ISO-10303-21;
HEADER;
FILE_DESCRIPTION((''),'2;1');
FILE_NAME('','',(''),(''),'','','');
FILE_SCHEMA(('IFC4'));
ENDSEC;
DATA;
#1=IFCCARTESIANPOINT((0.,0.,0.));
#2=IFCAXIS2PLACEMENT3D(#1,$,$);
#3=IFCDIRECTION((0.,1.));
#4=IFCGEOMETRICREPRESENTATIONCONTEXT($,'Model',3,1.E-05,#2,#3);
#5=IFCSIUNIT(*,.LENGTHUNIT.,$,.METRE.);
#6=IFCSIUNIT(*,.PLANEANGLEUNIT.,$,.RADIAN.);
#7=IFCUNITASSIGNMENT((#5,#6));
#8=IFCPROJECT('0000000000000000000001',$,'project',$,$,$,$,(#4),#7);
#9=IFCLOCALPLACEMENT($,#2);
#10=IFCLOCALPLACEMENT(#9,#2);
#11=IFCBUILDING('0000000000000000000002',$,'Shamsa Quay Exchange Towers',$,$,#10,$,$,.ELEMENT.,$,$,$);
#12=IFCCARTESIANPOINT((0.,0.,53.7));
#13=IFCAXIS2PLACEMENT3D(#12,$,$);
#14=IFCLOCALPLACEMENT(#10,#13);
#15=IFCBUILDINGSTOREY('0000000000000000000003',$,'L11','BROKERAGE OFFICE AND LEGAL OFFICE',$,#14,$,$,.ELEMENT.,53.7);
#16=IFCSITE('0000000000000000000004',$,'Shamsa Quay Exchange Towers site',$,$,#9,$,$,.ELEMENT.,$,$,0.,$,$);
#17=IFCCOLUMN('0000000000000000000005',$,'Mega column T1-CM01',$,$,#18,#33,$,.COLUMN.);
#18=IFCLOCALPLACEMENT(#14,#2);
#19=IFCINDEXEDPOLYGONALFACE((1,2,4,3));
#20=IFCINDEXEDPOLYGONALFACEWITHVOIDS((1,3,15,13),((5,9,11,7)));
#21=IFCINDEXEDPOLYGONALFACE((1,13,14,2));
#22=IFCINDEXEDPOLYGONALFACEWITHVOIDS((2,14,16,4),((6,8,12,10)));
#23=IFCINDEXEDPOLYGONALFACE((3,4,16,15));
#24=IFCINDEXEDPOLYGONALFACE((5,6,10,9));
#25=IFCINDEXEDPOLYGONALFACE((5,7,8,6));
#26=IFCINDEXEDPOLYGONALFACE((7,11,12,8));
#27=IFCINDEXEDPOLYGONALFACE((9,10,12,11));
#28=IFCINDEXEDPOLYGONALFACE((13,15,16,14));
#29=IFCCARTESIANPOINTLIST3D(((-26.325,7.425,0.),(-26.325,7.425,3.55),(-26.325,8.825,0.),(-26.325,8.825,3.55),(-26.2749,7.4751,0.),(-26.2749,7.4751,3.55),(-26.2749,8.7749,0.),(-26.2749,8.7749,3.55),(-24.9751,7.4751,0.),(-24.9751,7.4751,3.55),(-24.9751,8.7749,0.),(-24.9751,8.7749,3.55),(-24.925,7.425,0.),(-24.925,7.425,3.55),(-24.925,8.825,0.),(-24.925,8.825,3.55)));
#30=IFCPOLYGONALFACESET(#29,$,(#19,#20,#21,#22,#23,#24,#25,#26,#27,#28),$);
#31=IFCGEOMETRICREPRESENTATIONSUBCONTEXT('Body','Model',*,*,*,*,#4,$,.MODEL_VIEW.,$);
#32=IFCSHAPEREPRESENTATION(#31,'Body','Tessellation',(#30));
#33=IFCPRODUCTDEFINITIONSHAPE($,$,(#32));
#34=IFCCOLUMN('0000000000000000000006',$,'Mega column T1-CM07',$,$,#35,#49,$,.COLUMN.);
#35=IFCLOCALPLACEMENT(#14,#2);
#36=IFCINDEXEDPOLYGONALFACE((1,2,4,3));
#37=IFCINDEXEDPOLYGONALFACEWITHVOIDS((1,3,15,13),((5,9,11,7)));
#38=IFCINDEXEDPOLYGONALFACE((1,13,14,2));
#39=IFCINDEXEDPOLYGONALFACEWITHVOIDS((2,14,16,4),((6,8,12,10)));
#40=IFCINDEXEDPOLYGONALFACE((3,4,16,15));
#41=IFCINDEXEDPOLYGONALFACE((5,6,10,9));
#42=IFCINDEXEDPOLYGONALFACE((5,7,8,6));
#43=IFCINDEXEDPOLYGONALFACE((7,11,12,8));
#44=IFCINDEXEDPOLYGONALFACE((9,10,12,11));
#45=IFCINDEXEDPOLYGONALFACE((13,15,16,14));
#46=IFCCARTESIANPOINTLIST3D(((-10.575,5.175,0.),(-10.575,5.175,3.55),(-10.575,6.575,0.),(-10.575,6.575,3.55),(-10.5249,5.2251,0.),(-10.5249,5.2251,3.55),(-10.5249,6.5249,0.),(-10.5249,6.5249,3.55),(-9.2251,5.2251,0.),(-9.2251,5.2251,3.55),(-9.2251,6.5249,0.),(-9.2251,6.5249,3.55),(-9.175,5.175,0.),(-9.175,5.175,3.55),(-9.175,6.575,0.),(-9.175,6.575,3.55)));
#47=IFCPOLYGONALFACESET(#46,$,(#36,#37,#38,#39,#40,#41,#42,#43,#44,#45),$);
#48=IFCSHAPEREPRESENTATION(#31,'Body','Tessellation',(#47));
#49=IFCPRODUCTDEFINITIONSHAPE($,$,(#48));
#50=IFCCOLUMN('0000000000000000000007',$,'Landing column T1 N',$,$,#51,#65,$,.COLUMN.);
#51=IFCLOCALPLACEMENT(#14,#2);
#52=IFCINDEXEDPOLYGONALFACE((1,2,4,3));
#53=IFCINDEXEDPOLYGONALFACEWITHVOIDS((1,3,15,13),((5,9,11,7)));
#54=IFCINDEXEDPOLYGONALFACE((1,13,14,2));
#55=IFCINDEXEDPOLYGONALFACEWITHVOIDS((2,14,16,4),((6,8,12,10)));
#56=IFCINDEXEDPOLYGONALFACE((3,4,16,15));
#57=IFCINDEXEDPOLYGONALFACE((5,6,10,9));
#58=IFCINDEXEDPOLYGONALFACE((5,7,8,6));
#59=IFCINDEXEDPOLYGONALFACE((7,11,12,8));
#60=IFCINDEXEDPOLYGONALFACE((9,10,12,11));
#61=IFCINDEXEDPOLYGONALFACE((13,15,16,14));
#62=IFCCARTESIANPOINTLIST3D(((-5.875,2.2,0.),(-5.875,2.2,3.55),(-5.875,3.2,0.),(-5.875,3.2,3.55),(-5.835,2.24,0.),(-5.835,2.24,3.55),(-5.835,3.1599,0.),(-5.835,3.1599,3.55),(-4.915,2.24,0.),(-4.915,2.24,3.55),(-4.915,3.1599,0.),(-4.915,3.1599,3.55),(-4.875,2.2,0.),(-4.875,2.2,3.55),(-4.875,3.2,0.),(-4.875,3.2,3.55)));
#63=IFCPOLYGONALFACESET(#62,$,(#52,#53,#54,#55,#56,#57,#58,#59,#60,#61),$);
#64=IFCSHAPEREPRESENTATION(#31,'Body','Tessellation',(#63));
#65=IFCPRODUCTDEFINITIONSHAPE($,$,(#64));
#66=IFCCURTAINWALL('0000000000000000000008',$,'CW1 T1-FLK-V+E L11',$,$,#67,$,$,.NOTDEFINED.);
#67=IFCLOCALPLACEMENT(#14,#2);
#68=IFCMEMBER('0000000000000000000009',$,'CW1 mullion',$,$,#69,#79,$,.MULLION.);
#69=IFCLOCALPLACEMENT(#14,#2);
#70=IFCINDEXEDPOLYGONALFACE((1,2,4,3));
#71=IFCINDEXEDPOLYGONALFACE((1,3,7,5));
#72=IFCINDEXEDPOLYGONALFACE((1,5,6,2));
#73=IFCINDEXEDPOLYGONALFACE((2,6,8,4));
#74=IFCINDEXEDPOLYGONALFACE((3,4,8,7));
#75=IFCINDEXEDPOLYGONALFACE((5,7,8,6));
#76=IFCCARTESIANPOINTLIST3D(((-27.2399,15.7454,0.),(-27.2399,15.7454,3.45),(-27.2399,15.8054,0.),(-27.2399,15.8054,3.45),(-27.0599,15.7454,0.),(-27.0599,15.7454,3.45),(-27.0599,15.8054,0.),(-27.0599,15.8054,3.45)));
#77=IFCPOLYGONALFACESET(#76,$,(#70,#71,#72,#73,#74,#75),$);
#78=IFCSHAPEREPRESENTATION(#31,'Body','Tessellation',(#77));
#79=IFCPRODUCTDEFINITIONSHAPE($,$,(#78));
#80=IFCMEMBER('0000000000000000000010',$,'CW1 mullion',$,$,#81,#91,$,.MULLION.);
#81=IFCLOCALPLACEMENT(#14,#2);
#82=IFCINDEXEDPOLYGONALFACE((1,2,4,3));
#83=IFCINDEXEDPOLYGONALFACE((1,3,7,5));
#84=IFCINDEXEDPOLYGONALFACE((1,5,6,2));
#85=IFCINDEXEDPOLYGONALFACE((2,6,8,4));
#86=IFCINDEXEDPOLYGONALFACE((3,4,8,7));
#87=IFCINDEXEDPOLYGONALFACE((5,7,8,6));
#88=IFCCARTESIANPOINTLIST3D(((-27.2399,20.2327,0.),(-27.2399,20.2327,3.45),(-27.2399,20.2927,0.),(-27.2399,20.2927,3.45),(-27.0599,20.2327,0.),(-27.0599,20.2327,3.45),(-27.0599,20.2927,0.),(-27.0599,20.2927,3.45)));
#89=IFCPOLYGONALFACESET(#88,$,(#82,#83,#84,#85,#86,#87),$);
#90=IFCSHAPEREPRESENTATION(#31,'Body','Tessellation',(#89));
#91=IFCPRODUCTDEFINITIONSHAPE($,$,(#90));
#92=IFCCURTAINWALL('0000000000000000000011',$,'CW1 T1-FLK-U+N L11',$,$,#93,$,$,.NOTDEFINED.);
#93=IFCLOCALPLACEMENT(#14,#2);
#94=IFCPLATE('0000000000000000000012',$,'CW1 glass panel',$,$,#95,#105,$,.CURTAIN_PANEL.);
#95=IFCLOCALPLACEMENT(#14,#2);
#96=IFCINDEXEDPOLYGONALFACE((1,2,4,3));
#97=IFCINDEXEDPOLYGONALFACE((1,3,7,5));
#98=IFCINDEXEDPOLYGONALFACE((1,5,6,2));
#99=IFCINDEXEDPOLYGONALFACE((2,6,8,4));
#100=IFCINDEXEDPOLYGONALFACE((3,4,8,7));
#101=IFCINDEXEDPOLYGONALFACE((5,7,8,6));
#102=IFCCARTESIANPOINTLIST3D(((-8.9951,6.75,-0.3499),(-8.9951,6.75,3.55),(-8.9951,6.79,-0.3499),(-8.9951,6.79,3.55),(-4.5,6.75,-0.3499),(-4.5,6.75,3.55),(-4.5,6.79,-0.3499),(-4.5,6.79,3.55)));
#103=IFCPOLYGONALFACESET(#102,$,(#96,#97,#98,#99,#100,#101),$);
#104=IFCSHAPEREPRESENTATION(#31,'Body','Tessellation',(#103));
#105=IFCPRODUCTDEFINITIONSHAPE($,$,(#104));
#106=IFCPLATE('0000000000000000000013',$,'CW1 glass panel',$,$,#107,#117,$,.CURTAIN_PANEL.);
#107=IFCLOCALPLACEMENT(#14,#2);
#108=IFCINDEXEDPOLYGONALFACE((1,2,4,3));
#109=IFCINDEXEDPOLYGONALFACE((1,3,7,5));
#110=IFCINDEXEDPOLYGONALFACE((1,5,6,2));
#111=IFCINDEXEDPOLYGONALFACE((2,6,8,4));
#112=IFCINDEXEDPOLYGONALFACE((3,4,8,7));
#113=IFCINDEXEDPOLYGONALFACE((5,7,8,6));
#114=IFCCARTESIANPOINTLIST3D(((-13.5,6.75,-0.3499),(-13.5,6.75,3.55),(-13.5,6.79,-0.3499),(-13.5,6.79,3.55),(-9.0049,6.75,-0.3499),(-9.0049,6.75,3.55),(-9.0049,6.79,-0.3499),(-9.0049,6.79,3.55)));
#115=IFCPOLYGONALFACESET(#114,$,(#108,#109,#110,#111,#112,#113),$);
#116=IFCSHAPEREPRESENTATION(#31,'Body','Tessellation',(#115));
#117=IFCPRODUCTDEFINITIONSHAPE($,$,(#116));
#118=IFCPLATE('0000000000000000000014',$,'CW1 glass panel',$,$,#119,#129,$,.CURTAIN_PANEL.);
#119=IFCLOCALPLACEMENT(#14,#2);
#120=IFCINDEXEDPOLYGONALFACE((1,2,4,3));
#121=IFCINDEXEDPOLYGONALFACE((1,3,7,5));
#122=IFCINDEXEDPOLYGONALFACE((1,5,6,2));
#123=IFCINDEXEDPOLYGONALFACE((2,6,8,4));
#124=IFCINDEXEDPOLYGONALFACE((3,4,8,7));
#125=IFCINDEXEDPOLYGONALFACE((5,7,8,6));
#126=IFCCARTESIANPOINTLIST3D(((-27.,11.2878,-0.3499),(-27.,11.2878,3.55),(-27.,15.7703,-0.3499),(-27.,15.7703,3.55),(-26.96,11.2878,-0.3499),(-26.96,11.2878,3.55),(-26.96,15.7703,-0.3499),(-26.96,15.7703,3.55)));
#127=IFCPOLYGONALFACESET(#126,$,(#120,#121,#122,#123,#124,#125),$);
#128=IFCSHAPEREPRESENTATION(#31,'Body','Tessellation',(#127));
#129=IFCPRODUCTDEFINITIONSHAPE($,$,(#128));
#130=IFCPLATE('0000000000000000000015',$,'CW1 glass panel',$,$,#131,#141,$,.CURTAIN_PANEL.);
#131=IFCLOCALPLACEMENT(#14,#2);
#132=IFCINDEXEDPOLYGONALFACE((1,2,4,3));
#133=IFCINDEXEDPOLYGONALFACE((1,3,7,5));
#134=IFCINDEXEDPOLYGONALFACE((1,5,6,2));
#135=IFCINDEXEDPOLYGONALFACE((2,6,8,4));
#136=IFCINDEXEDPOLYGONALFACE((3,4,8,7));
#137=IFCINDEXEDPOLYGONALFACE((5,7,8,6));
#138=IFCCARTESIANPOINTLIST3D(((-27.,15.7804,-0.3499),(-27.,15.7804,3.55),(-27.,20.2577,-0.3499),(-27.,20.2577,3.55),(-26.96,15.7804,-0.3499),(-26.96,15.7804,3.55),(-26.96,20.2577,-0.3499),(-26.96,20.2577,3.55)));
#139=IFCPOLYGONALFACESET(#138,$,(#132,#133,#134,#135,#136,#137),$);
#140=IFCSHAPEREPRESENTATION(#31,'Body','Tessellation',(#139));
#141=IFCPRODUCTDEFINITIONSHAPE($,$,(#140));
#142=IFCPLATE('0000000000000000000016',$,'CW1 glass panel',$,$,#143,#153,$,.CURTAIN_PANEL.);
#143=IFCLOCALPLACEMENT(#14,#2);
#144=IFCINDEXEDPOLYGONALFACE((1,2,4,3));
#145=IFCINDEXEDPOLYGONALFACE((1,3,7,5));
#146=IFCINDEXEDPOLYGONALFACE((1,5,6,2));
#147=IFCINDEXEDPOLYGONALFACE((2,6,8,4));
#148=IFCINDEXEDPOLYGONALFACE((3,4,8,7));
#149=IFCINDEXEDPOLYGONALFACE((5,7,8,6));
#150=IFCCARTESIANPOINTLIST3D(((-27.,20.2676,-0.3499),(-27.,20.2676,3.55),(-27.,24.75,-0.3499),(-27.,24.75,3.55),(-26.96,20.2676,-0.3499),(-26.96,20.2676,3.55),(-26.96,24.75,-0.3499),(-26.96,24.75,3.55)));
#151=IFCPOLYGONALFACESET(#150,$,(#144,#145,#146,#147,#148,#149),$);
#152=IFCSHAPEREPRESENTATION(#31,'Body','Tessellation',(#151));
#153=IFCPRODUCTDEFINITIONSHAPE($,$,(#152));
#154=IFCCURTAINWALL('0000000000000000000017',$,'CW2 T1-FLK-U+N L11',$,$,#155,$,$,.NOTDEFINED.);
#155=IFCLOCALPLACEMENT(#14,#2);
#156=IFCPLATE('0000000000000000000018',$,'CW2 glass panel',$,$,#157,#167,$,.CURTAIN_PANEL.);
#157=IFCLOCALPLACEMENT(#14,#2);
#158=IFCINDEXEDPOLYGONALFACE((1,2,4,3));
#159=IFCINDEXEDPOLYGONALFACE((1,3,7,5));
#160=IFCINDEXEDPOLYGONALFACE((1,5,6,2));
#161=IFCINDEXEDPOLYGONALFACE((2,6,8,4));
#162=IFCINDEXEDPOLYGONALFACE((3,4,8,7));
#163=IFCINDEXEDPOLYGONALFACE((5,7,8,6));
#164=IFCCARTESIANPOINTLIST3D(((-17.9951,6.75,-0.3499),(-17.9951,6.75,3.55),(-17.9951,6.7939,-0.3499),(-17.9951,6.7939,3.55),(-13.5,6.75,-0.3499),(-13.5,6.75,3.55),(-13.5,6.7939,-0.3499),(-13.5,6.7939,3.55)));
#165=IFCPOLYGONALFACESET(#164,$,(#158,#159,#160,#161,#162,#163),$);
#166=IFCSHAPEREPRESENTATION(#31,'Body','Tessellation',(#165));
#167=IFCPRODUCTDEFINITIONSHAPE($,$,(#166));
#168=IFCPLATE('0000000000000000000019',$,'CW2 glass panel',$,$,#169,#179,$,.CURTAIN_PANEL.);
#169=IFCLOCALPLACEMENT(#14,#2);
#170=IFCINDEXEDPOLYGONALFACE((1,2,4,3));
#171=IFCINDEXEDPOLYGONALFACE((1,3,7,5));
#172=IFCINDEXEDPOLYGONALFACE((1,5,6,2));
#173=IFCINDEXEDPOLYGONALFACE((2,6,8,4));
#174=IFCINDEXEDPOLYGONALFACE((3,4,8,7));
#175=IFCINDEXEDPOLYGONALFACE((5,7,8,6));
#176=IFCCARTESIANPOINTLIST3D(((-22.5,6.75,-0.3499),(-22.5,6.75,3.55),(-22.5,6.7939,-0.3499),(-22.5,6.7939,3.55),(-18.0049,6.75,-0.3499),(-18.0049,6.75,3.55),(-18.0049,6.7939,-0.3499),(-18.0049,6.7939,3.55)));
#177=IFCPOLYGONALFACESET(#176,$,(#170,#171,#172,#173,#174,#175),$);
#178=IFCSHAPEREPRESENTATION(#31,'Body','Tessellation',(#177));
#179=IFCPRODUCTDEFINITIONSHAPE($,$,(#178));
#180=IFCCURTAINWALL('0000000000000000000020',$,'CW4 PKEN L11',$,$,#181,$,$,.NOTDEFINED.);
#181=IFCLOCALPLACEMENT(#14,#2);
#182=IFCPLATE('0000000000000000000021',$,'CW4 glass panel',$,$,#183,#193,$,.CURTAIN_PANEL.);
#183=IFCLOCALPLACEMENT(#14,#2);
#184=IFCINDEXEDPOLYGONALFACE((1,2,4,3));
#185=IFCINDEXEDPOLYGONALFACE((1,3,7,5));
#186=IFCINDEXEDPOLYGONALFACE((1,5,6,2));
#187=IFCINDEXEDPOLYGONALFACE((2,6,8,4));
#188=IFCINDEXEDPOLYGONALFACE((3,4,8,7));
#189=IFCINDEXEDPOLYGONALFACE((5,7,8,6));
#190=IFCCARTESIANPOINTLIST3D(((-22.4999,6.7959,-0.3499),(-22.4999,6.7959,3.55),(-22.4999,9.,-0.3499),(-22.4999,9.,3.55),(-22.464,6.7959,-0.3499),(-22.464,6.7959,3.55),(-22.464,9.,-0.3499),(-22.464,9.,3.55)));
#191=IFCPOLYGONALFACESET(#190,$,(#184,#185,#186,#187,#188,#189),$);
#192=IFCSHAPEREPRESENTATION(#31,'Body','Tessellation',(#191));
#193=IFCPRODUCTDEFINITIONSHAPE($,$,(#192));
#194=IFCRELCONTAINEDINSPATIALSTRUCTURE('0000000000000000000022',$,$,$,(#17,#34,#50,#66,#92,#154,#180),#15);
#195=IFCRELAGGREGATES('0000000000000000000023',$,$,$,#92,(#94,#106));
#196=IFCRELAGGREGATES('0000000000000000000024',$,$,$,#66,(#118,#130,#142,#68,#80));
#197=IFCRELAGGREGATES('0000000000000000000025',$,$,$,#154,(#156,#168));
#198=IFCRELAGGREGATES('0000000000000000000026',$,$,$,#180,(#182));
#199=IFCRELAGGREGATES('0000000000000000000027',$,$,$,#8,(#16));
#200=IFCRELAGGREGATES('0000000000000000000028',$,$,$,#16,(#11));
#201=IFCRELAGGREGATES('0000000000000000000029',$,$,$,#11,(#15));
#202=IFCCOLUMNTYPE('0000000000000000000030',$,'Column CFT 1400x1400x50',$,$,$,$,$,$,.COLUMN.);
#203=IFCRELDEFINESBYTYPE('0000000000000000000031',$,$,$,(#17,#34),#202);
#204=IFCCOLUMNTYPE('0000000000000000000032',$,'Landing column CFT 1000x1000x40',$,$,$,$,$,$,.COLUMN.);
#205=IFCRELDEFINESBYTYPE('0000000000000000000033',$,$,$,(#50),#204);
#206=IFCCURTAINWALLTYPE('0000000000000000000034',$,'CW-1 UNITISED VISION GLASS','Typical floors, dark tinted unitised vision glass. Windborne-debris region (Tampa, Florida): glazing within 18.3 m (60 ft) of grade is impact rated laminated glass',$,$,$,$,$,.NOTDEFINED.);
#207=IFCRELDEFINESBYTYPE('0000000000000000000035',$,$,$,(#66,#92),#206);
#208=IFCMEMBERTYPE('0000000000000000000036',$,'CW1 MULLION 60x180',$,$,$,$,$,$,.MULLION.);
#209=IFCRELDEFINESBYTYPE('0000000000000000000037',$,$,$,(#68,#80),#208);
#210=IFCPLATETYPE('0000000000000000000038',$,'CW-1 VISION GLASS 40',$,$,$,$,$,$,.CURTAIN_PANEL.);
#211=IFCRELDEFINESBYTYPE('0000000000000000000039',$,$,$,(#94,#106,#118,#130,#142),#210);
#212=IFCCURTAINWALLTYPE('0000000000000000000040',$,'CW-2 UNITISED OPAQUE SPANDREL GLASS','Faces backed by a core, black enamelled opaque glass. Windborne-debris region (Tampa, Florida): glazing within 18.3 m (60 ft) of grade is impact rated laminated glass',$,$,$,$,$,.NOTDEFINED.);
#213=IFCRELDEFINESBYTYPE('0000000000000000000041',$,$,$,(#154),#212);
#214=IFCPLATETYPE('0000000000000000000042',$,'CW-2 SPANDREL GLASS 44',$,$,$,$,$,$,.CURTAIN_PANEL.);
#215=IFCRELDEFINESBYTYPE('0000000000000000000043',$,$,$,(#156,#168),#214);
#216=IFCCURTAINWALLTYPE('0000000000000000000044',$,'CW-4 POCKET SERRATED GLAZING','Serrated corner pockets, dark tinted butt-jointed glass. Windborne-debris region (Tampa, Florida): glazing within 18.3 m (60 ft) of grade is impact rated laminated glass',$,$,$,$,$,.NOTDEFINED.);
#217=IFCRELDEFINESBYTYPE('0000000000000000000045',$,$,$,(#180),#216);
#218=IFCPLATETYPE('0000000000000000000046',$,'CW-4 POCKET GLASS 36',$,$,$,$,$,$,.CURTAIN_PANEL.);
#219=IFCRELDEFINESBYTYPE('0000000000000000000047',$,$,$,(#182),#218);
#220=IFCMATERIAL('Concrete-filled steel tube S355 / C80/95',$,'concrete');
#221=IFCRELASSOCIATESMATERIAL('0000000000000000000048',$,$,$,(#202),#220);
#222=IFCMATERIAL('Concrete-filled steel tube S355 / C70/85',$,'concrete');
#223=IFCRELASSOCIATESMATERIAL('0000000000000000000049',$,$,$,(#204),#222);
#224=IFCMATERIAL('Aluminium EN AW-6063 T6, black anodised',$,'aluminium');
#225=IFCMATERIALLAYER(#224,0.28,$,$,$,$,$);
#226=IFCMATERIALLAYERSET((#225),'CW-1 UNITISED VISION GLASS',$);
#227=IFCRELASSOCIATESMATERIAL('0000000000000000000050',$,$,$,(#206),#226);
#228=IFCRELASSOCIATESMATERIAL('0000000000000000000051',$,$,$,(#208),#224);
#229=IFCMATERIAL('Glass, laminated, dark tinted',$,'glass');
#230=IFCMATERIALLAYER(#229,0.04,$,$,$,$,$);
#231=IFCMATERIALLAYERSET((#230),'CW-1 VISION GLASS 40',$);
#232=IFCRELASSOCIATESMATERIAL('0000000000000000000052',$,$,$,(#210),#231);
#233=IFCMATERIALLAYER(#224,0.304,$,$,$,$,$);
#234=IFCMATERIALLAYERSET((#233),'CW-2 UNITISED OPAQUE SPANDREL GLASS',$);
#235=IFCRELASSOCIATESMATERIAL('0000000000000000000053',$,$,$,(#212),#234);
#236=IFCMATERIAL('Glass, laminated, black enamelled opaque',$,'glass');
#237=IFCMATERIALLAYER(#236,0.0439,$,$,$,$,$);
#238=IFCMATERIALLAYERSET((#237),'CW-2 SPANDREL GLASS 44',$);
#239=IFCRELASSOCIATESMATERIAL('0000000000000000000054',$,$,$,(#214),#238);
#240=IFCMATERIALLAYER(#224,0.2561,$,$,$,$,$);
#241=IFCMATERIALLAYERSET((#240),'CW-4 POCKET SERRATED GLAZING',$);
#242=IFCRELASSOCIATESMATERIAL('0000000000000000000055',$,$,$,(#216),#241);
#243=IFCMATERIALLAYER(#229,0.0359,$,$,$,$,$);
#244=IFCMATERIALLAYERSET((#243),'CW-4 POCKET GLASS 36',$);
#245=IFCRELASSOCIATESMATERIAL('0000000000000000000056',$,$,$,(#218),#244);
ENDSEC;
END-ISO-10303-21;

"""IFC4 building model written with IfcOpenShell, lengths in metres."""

from ifc_helpers import new_model, si_unit, direction, frame, origin, origin_2d, place, context, subcontext, project, spatial, rectangle, hollow_rectangle, extrude, material, layer, layer_set, material_profile, profile_set, type_object, element, aggregate, save


model = new_model("IFC4")

# Units and contexts
model_context = context("Model", 3, precision=1e-05, world=origin(), true_north=direction((0.0, 1.0)))
body_context = subcontext(model_context, "Body", "Model", "MODEL_VIEW")
ifc_project = project(units=[si_unit("LENGTHUNIT", "METRE"), si_unit("PLANEANGLEUNIT", "RADIAN")], contexts=[model_context])

# Site, building, storey
site_placement = place(None, origin())
site = spatial("IfcSite", under=ifc_project, at=site_placement, Name="Shamsa Quay Exchange Towers site", CompositionType="ELEMENT", RefElevation=0.0)
building_placement = place(site_placement, origin())
building = spatial("IfcBuilding", under=site, at=building_placement, Name="Shamsa Quay Exchange Towers", CompositionType="ELEMENT")
storey_placement = place(building_placement, frame((0.0, 0.0, 53.7)))
storey = spatial("IfcBuildingStorey", under=building, at=storey_placement, Name="L11", Description="BROKERAGE OFFICE AND LEGAL OFFICE", CompositionType="ELEMENT", Elevation=53.7)

# Columns
ifc_material_1 = material(Name="Concrete-filled steel tube S355 / C80/95", Category="concrete")
ifc_material_profile_1 = material_profile(ifc_material_1, hollow_rectangle(XDim=1.3999, YDim=1.3999, WallThickness=0.05, at=origin_2d()), Name="CFT 1400x1400x50")
ifc_profile_set_1 = profile_set([ifc_material_profile_1], Name="Concrete-filled steel tube S355 / C80/95")
column_type_1 = type_object("IfcColumnType", Name="Column CFT 1400x1400x50", PredefinedType="COLUMN", material=ifc_profile_set_1)
for number, where, name in (
    (1, (-25.625, 8.125, 0.0), "Mega column T1-CM01"),
    (2, (-9.875, 5.875, 0.0), "Mega column T1-CM07"),
):
    element("IfcColumn", number, at=place(storey_placement, frame(where)), inside=storey, type_object=column_type_1, Name=name, PredefinedType="COLUMN", context=body_context, shape_type="SweptSolid", body=[
        extrude(hollow_rectangle(XDim=1.3999, YDim=1.3999, WallThickness=0.05, at=origin_2d()), origin(), (0.0, 0.0, 1.0), 3.55),
    ])
ifc_material_2 = material(Name="Concrete-filled steel tube S355 / C70/85", Category="concrete")
ifc_material_profile_2 = material_profile(ifc_material_2, hollow_rectangle(XDim=1.0, YDim=1.0, WallThickness=0.04, at=origin_2d()), Name="CFT 1000x1000x40")
ifc_profile_set_2 = profile_set([ifc_material_profile_2], Name="Concrete-filled steel tube S355 / C70/85")
column_type_2 = type_object("IfcColumnType", Name="Landing column CFT 1000x1000x40", PredefinedType="COLUMN", material=ifc_profile_set_2)
column_placement = place(storey_placement, frame((-5.375, 2.7, 0.0)))
element("IfcColumn", 3, at=column_placement, inside=storey, type_object=column_type_2, Name="Landing column T1 N", PredefinedType="COLUMN", context=body_context, shape_type="SweptSolid", body=[
    extrude(hollow_rectangle(XDim=1.0, YDim=1.0, WallThickness=0.04, at=origin_2d()), origin(), (0.0, 0.0, 1.0), 3.55),
])

# Curtain wall, members
ifc_material_3 = material(Name="Aluminium EN AW-6063 T6, black anodised", Category="aluminium")
ifc_layer_1 = layer(ifc_material_3, 0.28)
ifc_layer_set_1 = layer_set([ifc_layer_1], Name="CW-1 UNITISED VISION GLASS")
curtain_wall_type_1 = type_object("IfcCurtainWallType", Name="CW-1 UNITISED VISION GLASS", Description="Typical floors, dark tinted unitised vision glass. Windborne-debris region (Tampa, Florida): glazing within 18.3 m (60 ft) of grade is impact rated laminated glass", PredefinedType="NOTDEFINED", material=ifc_layer_set_1)
curtain_wall_1_placement = place(storey_placement, origin())
curtain_wall_1 = element("IfcCurtainWall", 4, at=curtain_wall_1_placement, inside=storey, type_object=curtain_wall_type_1, Name="CW1 T1-FLK-V+E L11", PredefinedType="NOTDEFINED")
ifc_material_profile_3 = material_profile(ifc_material_3, rectangle(XDim=0.1799, YDim=0.0601, at=origin_2d()), Name="MU60x180")
ifc_profile_set_3 = profile_set([ifc_material_profile_3], Name="Aluminium EN AW-6063 T6, black anodised")
member_type = type_object("IfcMemberType", Name="CW1 MULLION 60x180", PredefinedType="MULLION", material=ifc_profile_set_3)
member_1_placement = place(storey_placement, frame((-27.1499, 15.7754, 0.0), z_axis=(0.0, 0.0, 1.0), x_axis=(-1.0, 0.0, 0.0)))
member_1 = element("IfcMember", 5, at=member_1_placement, type_object=member_type, Name="CW1 mullion", PredefinedType="MULLION", context=body_context, shape_type="SweptSolid", body=[
    extrude(rectangle(XDim=0.1799, YDim=0.0601, at=origin_2d()), origin(), (0.0, 0.0, 1.0), 3.45),
])
member_2_placement = place(storey_placement, frame((-27.1499, 20.2627, 0.0), z_axis=(0.0, 0.0, 1.0), x_axis=(-1.0, 0.0, 0.0)))
member_2 = element("IfcMember", 6, at=member_2_placement, type_object=member_type, Name="CW1 mullion", PredefinedType="MULLION", context=body_context, shape_type="SweptSolid", body=[
    extrude(rectangle(XDim=0.1799, YDim=0.0601, at=origin_2d()), origin(), (0.0, 0.0, 1.0), 3.45),
])

# Curtain wall, plates
curtain_wall_2_placement = place(storey_placement, origin())
curtain_wall_2 = element("IfcCurtainWall", 7, at=curtain_wall_2_placement, inside=storey, type_object=curtain_wall_type_1, Name="CW1 T1-FLK-U+N L11", PredefinedType="NOTDEFINED")
ifc_material_4 = material(Name="Glass, laminated, dark tinted", Category="glass")
ifc_layer_2 = layer(ifc_material_4, 0.04)
ifc_layer_set_2 = layer_set([ifc_layer_2], Name="CW-1 VISION GLASS 40")
plate_type_1 = type_object("IfcPlateType", Name="CW-1 VISION GLASS 40", PredefinedType="CURTAIN_PANEL", material=ifc_layer_set_2)
plate_1_placement = place(storey_placement, frame((-6.7476, 6.77, -0.3499), z_axis=(0.0, 0.0, 1.0), x_axis=(-1.0, 0.0, 0.0)))
plate_1 = element("IfcPlate", 8, at=plate_1_placement, type_object=plate_type_1, Name="CW1 glass panel", PredefinedType="CURTAIN_PANEL", context=body_context, shape_type="SweptSolid", body=[
    extrude(rectangle(XDim=4.4951, YDim=0.04, at=origin_2d()), origin(), (0.0, 0.0, 1.0), 3.8999),
])
plate_2_placement = place(storey_placement, frame((-11.2524, 6.77, -0.3499), z_axis=(0.0, 0.0, 1.0), x_axis=(-1.0, 0.0, 0.0)))
plate_2 = element("IfcPlate", 9, at=plate_2_placement, type_object=plate_type_1, Name="CW1 glass panel", PredefinedType="CURTAIN_PANEL", context=body_context, shape_type="SweptSolid", body=[
    extrude(rectangle(XDim=4.4951, YDim=0.04, at=origin_2d()), origin(), (0.0, 0.0, 1.0), 3.8999),
])
aggregate(curtain_wall_2, [plate_1, plate_2])

# Plates
plate_3_placement = place(storey_placement, frame((-26.98, 13.5291, -0.3499), z_axis=(0.0, 0.0, 1.0), x_axis=(0.0, 1.0, 0.0)))
plate_3 = element("IfcPlate", 10, at=plate_3_placement, type_object=plate_type_1, Name="CW1 glass panel", PredefinedType="CURTAIN_PANEL", context=body_context, shape_type="SweptSolid", body=[
    extrude(rectangle(XDim=4.4824, YDim=0.04, at=origin_2d()), origin(), (0.0, 0.0, 1.0), 3.8999),
])
plate_4_placement = place(storey_placement, frame((-26.98, 18.019, -0.3499), z_axis=(0.0, 0.0, 1.0), x_axis=(0.0, 1.0, 0.0)))
plate_4 = element("IfcPlate", 11, at=plate_4_placement, type_object=plate_type_1, Name="CW1 glass panel", PredefinedType="CURTAIN_PANEL", context=body_context, shape_type="SweptSolid", body=[
    extrude(rectangle(XDim=4.4773, YDim=0.04, at=origin_2d()), origin(), (0.0, 0.0, 1.0), 3.8999),
])
plate_5_placement = place(storey_placement, frame((-26.98, 22.5088, -0.3499), z_axis=(0.0, 0.0, 1.0), x_axis=(0.0, 1.0, 0.0)))
plate_5 = element("IfcPlate", 12, at=plate_5_placement, type_object=plate_type_1, Name="CW1 glass panel", PredefinedType="CURTAIN_PANEL", context=body_context, shape_type="SweptSolid", body=[
    extrude(rectangle(XDim=4.4824, YDim=0.04, at=origin_2d()), origin(), (0.0, 0.0, 1.0), 3.8999),
])
aggregate(curtain_wall_1, [plate_3, plate_4, plate_5, member_1, member_2])

# Curtain walls, plates
ifc_layer_3 = layer(ifc_material_3, 0.304)
ifc_layer_set_3 = layer_set([ifc_layer_3], Name="CW-2 UNITISED OPAQUE SPANDREL GLASS")
curtain_wall_type_2 = type_object("IfcCurtainWallType", Name="CW-2 UNITISED OPAQUE SPANDREL GLASS", Description="Faces backed by a core, black enamelled opaque glass. Windborne-debris region (Tampa, Florida): glazing within 18.3 m (60 ft) of grade is impact rated laminated glass", PredefinedType="NOTDEFINED", material=ifc_layer_set_3)
curtain_wall_3_placement = place(storey_placement, origin())
curtain_wall_3 = element("IfcCurtainWall", 13, at=curtain_wall_3_placement, inside=storey, type_object=curtain_wall_type_2, Name="CW2 T1-FLK-U+N L11", PredefinedType="NOTDEFINED")
ifc_material_5 = material(Name="Glass, laminated, black enamelled opaque", Category="glass")
ifc_layer_4 = layer(ifc_material_5, 0.0439)
ifc_layer_set_4 = layer_set([ifc_layer_4], Name="CW-2 SPANDREL GLASS 44")
plate_type_2 = type_object("IfcPlateType", Name="CW-2 SPANDREL GLASS 44", PredefinedType="CURTAIN_PANEL", material=ifc_layer_set_4)
plate_6_placement = place(storey_placement, frame((-15.7476, 6.772, -0.3499), z_axis=(0.0, 0.0, 1.0), x_axis=(-1.0, 0.0, 0.0)))
plate_6 = element("IfcPlate", 14, at=plate_6_placement, type_object=plate_type_2, Name="CW2 glass panel", PredefinedType="CURTAIN_PANEL", context=body_context, shape_type="SweptSolid", body=[
    extrude(rectangle(XDim=4.4951, YDim=0.0439, at=origin_2d()), origin(), (0.0, 0.0, 1.0), 3.8999),
])
plate_7_placement = place(storey_placement, frame((-20.2524, 6.772, -0.3499), z_axis=(0.0, 0.0, 1.0), x_axis=(-1.0, 0.0, 0.0)))
plate_7 = element("IfcPlate", 15, at=plate_7_placement, type_object=plate_type_2, Name="CW2 glass panel", PredefinedType="CURTAIN_PANEL", context=body_context, shape_type="SweptSolid", body=[
    extrude(rectangle(XDim=4.4951, YDim=0.0439, at=origin_2d()), origin(), (0.0, 0.0, 1.0), 3.8999),
])
aggregate(curtain_wall_3, [plate_6, plate_7])
ifc_layer_5 = layer(ifc_material_3, 0.2561)
ifc_layer_set_5 = layer_set([ifc_layer_5], Name="CW-4 POCKET SERRATED GLAZING")
curtain_wall_type_3 = type_object("IfcCurtainWallType", Name="CW-4 POCKET SERRATED GLAZING", Description="Serrated corner pockets, dark tinted butt-jointed glass. Windborne-debris region (Tampa, Florida): glazing within 18.3 m (60 ft) of grade is impact rated laminated glass", PredefinedType="NOTDEFINED", material=ifc_layer_set_5)
curtain_wall_4_placement = place(storey_placement, origin())
curtain_wall_4 = element("IfcCurtainWall", 16, at=curtain_wall_4_placement, inside=storey, type_object=curtain_wall_type_3, Name="CW4 PKEN L11", PredefinedType="NOTDEFINED")
ifc_layer_6 = layer(ifc_material_4, 0.0359)
ifc_layer_set_6 = layer_set([ifc_layer_6], Name="CW-4 POCKET GLASS 36")
plate_type_3 = type_object("IfcPlateType", Name="CW-4 POCKET GLASS 36", PredefinedType="CURTAIN_PANEL", material=ifc_layer_set_6)
plate_8_placement = place(storey_placement, frame((-22.4819, 7.8979, -0.3499), z_axis=(0.0, 0.0, 1.0), x_axis=(0.0, 1.0, 0.0)))
plate_8 = element("IfcPlate", 17, at=plate_8_placement, type_object=plate_type_3, Name="CW4 glass panel", PredefinedType="CURTAIN_PANEL", context=body_context, shape_type="SweptSolid", body=[
    extrude(rectangle(XDim=2.2041, YDim=0.0359, at=origin_2d()), origin(), (0.0, 0.0, 1.0), 3.8999),
])
aggregate(curtain_wall_4, [plate_8])

save(model, "model.ifc")
